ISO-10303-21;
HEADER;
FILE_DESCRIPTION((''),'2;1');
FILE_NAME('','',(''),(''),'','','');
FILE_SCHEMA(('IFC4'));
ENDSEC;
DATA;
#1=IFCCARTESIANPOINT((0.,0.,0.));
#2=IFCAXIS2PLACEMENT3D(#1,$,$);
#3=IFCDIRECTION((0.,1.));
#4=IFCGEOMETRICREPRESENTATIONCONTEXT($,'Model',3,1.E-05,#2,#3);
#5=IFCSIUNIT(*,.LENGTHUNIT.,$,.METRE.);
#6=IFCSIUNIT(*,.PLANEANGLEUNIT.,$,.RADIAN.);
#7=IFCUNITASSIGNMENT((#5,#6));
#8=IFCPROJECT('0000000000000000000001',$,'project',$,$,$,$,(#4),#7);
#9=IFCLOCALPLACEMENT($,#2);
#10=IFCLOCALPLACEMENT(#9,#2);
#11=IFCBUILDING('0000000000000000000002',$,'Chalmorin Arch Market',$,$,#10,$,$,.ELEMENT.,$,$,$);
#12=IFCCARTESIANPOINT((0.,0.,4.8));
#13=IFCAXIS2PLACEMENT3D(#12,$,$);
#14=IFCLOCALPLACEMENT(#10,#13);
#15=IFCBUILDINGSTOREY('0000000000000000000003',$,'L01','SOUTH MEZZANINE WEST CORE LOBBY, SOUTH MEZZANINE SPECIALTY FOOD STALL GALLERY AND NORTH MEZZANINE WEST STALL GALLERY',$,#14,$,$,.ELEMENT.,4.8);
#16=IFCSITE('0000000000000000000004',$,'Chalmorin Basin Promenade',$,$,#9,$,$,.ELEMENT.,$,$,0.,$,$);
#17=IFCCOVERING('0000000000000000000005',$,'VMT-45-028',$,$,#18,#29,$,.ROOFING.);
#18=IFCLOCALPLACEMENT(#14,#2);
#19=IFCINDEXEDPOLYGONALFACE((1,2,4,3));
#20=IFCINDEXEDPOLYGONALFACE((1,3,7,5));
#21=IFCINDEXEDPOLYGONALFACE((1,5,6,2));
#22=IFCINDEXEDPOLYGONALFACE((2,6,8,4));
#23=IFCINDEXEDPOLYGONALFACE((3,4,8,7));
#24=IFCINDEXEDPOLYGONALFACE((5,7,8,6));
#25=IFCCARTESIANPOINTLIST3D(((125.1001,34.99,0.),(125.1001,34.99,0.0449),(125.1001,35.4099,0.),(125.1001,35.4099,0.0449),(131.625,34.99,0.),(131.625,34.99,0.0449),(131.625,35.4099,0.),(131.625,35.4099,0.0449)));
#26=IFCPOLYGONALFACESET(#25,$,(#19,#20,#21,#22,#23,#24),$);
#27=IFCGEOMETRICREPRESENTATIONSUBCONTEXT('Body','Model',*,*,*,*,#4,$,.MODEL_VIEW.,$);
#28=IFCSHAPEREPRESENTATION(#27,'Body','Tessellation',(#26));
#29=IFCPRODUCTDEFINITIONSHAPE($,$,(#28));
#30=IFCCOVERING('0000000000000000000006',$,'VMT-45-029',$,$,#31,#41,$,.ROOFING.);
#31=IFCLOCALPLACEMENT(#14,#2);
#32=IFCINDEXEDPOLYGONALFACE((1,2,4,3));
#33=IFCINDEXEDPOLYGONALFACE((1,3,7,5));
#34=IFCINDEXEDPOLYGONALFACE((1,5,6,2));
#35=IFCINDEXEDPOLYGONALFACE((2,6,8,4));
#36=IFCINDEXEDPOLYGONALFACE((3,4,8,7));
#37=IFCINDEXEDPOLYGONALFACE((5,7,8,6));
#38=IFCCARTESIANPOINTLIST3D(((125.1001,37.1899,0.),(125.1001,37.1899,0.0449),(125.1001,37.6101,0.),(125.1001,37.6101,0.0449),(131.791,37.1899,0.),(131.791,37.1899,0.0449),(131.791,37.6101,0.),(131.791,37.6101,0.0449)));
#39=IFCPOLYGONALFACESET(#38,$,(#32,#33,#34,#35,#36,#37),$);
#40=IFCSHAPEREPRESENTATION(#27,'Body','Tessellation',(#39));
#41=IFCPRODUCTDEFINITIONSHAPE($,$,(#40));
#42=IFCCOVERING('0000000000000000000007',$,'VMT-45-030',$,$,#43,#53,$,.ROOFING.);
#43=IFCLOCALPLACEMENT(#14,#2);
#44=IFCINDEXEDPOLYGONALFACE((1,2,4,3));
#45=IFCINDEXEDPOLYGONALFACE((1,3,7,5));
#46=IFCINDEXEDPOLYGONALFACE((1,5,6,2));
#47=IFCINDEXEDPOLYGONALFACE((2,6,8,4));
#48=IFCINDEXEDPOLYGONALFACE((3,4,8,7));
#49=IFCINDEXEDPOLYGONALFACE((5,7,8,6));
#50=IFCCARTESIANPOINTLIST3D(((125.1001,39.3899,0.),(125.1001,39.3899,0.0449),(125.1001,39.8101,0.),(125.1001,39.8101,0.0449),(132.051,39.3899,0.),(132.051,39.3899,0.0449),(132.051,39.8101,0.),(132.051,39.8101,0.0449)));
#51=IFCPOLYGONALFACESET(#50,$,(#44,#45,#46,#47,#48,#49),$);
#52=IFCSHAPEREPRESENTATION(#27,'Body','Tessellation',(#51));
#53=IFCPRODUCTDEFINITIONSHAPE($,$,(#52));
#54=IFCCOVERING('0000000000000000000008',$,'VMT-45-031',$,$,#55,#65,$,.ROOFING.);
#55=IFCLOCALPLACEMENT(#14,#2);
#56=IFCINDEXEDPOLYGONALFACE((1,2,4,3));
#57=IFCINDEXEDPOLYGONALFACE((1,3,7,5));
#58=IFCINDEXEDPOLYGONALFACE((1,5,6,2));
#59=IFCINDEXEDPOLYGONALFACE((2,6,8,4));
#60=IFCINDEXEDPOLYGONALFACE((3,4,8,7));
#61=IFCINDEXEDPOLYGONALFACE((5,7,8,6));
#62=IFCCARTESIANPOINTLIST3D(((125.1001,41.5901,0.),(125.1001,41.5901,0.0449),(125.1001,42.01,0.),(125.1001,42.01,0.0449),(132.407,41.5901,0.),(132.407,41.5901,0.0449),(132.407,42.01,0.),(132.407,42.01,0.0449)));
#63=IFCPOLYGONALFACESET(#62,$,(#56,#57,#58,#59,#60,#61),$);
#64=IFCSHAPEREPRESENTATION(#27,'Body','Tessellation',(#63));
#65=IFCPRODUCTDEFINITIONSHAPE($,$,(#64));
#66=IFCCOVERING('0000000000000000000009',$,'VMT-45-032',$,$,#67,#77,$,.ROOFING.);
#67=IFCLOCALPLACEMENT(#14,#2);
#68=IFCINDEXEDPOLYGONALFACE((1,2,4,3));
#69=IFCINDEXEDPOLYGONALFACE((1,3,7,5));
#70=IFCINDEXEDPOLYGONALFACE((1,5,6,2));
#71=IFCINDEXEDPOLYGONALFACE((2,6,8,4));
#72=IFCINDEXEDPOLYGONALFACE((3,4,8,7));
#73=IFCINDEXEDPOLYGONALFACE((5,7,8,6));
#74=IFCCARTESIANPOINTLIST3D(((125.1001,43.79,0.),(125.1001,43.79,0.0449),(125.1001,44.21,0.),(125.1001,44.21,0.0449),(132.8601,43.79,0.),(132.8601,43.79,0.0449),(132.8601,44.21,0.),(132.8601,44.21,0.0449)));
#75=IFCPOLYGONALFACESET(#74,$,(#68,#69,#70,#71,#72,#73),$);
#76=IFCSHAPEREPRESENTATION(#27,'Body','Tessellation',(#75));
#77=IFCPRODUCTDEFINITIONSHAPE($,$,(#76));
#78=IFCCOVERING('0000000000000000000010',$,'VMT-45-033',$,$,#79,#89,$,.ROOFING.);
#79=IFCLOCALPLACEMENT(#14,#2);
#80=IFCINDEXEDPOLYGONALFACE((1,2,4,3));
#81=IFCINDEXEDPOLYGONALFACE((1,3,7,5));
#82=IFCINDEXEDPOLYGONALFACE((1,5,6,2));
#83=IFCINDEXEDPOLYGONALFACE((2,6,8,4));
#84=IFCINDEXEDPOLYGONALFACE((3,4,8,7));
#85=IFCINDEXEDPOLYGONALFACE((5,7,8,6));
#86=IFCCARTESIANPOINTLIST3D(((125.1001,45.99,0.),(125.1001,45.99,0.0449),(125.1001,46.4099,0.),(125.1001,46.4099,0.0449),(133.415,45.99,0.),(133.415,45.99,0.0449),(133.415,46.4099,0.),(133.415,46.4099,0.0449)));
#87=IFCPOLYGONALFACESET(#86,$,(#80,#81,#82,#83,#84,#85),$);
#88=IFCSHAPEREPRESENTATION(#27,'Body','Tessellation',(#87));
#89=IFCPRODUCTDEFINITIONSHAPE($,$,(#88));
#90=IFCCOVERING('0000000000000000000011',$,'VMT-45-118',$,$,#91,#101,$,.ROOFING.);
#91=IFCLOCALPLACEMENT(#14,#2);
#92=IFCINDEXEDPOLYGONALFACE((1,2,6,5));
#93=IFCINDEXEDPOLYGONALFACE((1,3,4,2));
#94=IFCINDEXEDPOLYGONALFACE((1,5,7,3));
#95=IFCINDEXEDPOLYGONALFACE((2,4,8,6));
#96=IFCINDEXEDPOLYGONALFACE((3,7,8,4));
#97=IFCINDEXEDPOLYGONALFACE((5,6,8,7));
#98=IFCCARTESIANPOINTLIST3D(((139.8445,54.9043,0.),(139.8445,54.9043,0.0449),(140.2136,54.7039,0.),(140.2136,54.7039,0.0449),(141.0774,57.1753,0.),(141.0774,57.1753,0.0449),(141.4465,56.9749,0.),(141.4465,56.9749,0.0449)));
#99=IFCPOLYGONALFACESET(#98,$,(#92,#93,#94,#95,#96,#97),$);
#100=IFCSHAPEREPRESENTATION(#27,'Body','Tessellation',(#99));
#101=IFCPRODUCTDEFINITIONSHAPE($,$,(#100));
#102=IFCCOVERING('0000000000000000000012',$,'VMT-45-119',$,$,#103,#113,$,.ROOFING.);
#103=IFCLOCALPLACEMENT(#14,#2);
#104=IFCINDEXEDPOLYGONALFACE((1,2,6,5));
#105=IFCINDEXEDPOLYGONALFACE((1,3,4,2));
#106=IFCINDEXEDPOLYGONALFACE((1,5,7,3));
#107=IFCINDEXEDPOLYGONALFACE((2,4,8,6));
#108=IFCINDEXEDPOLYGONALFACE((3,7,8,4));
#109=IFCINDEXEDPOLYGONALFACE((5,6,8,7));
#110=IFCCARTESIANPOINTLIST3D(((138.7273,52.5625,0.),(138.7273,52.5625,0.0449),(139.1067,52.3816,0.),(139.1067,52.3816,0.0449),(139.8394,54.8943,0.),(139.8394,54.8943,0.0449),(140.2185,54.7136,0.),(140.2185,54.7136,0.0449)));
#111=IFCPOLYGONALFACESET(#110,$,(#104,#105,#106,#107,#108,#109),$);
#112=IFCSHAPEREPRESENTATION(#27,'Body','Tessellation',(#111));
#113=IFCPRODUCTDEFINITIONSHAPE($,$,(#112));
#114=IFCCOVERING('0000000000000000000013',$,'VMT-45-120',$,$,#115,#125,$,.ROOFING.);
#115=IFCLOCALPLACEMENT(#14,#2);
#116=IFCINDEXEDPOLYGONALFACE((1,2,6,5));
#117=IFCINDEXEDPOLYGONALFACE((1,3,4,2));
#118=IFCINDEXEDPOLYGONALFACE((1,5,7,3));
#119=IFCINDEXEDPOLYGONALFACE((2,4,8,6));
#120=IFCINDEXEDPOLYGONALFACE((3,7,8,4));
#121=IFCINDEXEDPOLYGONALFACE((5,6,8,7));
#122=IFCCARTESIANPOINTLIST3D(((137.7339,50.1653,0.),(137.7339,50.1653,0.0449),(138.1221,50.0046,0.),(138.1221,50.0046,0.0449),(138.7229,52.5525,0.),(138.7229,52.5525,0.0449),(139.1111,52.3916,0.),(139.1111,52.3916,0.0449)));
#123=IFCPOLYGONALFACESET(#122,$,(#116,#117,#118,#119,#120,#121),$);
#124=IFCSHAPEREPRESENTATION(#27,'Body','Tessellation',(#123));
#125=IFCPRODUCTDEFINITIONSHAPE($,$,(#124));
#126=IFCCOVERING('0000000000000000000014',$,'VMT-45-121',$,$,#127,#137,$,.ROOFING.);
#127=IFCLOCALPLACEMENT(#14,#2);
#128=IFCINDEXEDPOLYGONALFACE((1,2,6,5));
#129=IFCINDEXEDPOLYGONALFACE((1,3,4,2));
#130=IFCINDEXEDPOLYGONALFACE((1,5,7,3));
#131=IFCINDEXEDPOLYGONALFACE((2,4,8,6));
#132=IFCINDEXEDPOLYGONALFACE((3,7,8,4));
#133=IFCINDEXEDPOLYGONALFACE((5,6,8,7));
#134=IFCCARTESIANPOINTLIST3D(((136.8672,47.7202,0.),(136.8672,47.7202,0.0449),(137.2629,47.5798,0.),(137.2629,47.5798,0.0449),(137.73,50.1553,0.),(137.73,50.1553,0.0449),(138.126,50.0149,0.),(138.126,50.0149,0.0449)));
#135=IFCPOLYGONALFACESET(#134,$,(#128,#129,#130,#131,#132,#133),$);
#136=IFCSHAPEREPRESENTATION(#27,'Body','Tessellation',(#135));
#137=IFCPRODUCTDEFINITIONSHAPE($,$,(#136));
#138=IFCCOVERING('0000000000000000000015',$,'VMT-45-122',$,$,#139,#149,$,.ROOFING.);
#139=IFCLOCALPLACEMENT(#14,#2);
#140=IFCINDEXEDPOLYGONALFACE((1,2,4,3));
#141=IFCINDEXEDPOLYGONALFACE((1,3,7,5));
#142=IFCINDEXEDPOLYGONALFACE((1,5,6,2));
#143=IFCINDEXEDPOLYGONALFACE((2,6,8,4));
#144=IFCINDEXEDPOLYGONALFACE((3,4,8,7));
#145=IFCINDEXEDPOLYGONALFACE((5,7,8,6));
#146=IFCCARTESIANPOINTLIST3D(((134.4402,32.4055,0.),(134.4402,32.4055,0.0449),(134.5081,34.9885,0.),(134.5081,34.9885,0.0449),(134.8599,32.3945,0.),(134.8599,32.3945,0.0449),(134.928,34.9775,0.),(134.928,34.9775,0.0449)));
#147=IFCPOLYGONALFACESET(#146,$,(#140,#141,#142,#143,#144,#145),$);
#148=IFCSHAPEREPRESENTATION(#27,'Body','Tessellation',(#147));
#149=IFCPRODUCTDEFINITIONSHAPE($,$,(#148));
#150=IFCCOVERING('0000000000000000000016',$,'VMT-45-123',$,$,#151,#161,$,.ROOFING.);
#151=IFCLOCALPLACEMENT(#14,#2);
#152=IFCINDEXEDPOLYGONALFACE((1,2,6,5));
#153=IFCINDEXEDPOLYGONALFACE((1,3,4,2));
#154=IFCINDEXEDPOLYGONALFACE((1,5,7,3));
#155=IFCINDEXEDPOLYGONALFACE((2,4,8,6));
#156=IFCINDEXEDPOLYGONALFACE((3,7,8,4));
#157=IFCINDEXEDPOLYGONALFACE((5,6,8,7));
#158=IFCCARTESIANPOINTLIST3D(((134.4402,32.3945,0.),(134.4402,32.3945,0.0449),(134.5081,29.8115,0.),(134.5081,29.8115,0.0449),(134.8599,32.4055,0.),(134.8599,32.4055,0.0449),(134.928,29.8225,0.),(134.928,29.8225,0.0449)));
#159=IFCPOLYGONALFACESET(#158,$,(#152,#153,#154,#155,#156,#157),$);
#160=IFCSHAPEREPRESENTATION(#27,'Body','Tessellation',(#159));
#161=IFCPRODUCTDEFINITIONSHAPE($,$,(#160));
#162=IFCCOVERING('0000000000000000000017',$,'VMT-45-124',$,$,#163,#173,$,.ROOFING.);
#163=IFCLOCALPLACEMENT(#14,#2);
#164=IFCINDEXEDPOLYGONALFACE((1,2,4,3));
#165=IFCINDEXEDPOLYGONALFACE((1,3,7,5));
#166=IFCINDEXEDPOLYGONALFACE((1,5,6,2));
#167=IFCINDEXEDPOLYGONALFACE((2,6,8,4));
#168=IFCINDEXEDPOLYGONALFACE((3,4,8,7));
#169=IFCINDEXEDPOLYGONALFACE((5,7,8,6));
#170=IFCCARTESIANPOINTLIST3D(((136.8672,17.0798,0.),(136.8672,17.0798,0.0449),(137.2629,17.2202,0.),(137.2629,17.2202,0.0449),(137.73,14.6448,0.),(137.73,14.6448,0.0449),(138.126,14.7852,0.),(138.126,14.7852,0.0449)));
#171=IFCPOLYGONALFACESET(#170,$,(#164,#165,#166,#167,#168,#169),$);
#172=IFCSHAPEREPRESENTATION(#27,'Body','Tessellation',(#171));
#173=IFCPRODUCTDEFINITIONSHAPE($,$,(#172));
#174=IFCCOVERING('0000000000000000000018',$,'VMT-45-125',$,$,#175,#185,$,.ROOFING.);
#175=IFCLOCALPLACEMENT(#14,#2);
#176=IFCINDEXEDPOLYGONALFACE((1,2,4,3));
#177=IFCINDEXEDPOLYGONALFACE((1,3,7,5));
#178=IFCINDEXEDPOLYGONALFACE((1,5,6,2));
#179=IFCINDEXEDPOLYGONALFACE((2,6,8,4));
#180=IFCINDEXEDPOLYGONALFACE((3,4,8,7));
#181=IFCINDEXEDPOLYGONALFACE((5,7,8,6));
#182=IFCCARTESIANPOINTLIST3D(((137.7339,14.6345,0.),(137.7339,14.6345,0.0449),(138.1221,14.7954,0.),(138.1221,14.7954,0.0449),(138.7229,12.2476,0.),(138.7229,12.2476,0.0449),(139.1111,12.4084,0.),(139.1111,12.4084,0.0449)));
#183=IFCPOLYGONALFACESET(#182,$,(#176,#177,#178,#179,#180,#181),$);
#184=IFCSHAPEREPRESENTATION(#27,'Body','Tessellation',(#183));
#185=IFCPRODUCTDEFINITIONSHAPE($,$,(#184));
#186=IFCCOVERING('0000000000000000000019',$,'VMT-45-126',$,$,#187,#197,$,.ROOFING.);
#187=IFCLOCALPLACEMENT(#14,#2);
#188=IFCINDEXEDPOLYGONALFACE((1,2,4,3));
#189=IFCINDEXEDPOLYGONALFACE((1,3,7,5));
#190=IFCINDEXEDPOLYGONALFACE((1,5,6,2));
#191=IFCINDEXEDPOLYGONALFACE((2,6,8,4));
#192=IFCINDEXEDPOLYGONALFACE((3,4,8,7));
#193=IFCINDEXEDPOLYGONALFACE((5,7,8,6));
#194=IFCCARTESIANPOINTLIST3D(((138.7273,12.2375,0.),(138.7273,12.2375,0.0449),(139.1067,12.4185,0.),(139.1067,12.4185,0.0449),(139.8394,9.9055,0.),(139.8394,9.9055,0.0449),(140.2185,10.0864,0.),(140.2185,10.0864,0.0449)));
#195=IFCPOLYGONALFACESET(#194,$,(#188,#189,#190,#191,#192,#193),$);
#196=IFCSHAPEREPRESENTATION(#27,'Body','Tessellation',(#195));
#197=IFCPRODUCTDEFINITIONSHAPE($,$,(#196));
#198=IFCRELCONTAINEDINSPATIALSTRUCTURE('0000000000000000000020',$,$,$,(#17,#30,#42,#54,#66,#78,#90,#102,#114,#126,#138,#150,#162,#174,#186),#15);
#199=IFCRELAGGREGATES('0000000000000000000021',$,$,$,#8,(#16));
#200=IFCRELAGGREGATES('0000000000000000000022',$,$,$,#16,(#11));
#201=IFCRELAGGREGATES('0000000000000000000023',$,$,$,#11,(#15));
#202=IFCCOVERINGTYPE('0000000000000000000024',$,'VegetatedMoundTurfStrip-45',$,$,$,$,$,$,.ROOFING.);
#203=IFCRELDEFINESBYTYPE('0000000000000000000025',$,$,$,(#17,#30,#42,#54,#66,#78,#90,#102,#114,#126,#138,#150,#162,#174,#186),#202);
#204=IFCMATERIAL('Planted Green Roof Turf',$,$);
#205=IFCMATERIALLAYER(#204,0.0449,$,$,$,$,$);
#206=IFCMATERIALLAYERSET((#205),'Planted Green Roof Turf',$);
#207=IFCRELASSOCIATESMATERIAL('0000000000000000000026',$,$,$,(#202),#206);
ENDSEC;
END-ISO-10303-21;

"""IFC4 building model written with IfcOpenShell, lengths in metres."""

from ifc_helpers import new_model, si_unit, direction, frame, origin, place, context, subcontext, project, spatial, polyline, outline, extrude, material, layer, layer_set, type_object, element, save


model = new_model("IFC4")

# Units and contexts
model_context = context("Model", 3, precision=1e-05, world=origin(), true_north=direction((0.0, 1.0)))
body_context = subcontext(model_context, "Body", "Model", "MODEL_VIEW")
ifc_project = project(units=[si_unit("LENGTHUNIT", "METRE"), si_unit("PLANEANGLEUNIT", "RADIAN")], contexts=[model_context])

# Site, building, storey
site_placement = place(None, origin())
site = spatial("IfcSite", under=ifc_project, at=site_placement, Name="Chalmorin Basin Promenade", CompositionType="ELEMENT", RefElevation=0.0)
building_placement = place(site_placement, origin())
building = spatial("IfcBuilding", under=site, at=building_placement, Name="Chalmorin Arch Market", CompositionType="ELEMENT")
storey_placement = place(building_placement, frame((0.0, 0.0, 4.8)))
storey = spatial("IfcBuildingStorey", under=building, at=storey_placement, Name="L01", Description="SOUTH MEZZANINE WEST CORE LOBBY, SOUTH MEZZANINE SPECIALTY FOOD STALL GALLERY AND NORTH MEZZANINE WEST STALL GALLERY", CompositionType="ELEMENT", Elevation=4.8)

# Coverings
ifc_material = material(Name="Planted Green Roof Turf")
ifc_layer = layer(ifc_material, 0.0449)
ifc_layer_set = layer_set([ifc_layer], Name="Planted Green Roof Turf")
covering_type = type_object("IfcCoveringType", Name="VegetatedMoundTurfStrip-45", PredefinedType="ROOFING", material=ifc_layer_set)
covering_1_placement = place(storey_placement, origin())
element("IfcCovering", 1, at=covering_1_placement, inside=storey, type_object=covering_type, Name="VMT-45-028", PredefinedType="ROOFING", context=body_context, shape_type="SweptSolid", body=[
    extrude(outline(polyline([(125.1001, 34.99), (131.625, 34.99), (131.625, 35.4099), (125.1001, 35.4099), (125.1001, 34.99)])), origin(), (0.0, 0.0, 1.0), 0.0449),
])
covering_2_placement = place(storey_placement, origin())
element("IfcCovering", 2, at=covering_2_placement, inside=storey, type_object=covering_type, Name="VMT-45-029", PredefinedType="ROOFING", context=body_context, shape_type="SweptSolid", body=[
    extrude(outline(polyline([(125.1001, 37.1899), (131.791, 37.1899), (131.791, 37.6101), (125.1001, 37.6101), (125.1001, 37.1899)])), origin(), (0.0, 0.0, 1.0), 0.0449),
])
covering_3_placement = place(storey_placement, origin())
element("IfcCovering", 3, at=covering_3_placement, inside=storey, type_object=covering_type, Name="VMT-45-030", PredefinedType="ROOFING", context=body_context, shape_type="SweptSolid", body=[
    extrude(outline(polyline([(125.1001, 39.3899), (132.051, 39.3899), (132.051, 39.8101), (125.1001, 39.8101), (125.1001, 39.3899)])), origin(), (0.0, 0.0, 1.0), 0.0449),
])
covering_4_placement = place(storey_placement, origin())
element("IfcCovering", 4, at=covering_4_placement, inside=storey, type_object=covering_type, Name="VMT-45-031", PredefinedType="ROOFING", context=body_context, shape_type="SweptSolid", body=[
    extrude(outline(polyline([(125.1001, 41.5901), (132.407, 41.5901), (132.407, 42.01), (125.1001, 42.01), (125.1001, 41.5901)])), origin(), (0.0, 0.0, 1.0), 0.0449),
])
covering_5_placement = place(storey_placement, origin())
element("IfcCovering", 5, at=covering_5_placement, inside=storey, type_object=covering_type, Name="VMT-45-032", PredefinedType="ROOFING", context=body_context, shape_type="SweptSolid", body=[
    extrude(outline(polyline([(125.1001, 43.79), (132.8601, 43.79), (132.8601, 44.21), (125.1001, 44.21), (125.1001, 43.79)])), origin(), (0.0, 0.0, 1.0), 0.0449),
])
covering_6_placement = place(storey_placement, origin())
element("IfcCovering", 6, at=covering_6_placement, inside=storey, type_object=covering_type, Name="VMT-45-033", PredefinedType="ROOFING", context=body_context, shape_type="SweptSolid", body=[
    extrude(outline(polyline([(125.1001, 45.99), (133.415, 45.99), (133.415, 46.4099), (125.1001, 46.4099), (125.1001, 45.99)])), origin(), (0.0, 0.0, 1.0), 0.0449),
])
covering_7_placement = place(storey_placement, origin())
element("IfcCovering", 7, at=covering_7_placement, inside=storey, type_object=covering_type, Name="VMT-45-118", PredefinedType="ROOFING", context=body_context, shape_type="SweptSolid", body=[
    extrude(outline(polyline([(141.0774, 57.1753), (139.8445, 54.9043), (140.2136, 54.7039), (141.4465, 56.9749), (141.0774, 57.1753)])), origin(), (0.0, 0.0, 1.0), 0.0449),
])
covering_8_placement = place(storey_placement, origin())
element("IfcCovering", 8, at=covering_8_placement, inside=storey, type_object=covering_type, Name="VMT-45-119", PredefinedType="ROOFING", context=body_context, shape_type="SweptSolid", body=[
    extrude(outline(polyline([(139.8394, 54.8943), (138.7273, 52.5625), (139.1067, 52.3816), (140.2185, 54.7136), (139.8394, 54.8943)])), origin(), (0.0, 0.0, 1.0), 0.0449),
])
covering_9_placement = place(storey_placement, origin())
element("IfcCovering", 9, at=covering_9_placement, inside=storey, type_object=covering_type, Name="VMT-45-120", PredefinedType="ROOFING", context=body_context, shape_type="SweptSolid", body=[
    extrude(outline(polyline([(138.7229, 52.5525), (137.7339, 50.1653), (138.1221, 50.0046), (139.1111, 52.3916), (138.7229, 52.5525)])), origin(), (0.0, 0.0, 1.0), 0.0449),
])
covering_10_placement = place(storey_placement, origin())
element("IfcCovering", 10, at=covering_10_placement, inside=storey, type_object=covering_type, Name="VMT-45-121", PredefinedType="ROOFING", context=body_context, shape_type="SweptSolid", body=[
    extrude(outline(polyline([(137.73, 50.1553), (136.8672, 47.7202), (137.2629, 47.5798), (138.126, 50.0149), (137.73, 50.1553)])), origin(), (0.0, 0.0, 1.0), 0.0449),
])
covering_11_placement = place(storey_placement, origin())
element("IfcCovering", 11, at=covering_11_placement, inside=storey, type_object=covering_type, Name="VMT-45-122", PredefinedType="ROOFING", context=body_context, shape_type="SweptSolid", body=[
    extrude(outline(polyline([(134.5081, 34.9885), (134.4402, 32.4055), (134.8599, 32.3945), (134.928, 34.9775), (134.5081, 34.9885)])), origin(), (0.0, 0.0, 1.0), 0.0449),
])
covering_12_placement = place(storey_placement, origin())
element("IfcCovering", 12, at=covering_12_placement, inside=storey, type_object=covering_type, Name="VMT-45-123", PredefinedType="ROOFING", context=body_context, shape_type="SweptSolid", body=[
    extrude(outline(polyline([(134.4402, 32.3945), (134.5081, 29.8115), (134.928, 29.8225), (134.8599, 32.4055), (134.4402, 32.3945)])), origin(), (0.0, 0.0, 1.0), 0.0449),
])
covering_13_placement = place(storey_placement, origin())
element("IfcCovering", 13, at=covering_13_placement, inside=storey, type_object=covering_type, Name="VMT-45-124", PredefinedType="ROOFING", context=body_context, shape_type="SweptSolid", body=[
    extrude(outline(polyline([(136.8672, 17.0798), (137.73, 14.6448), (138.126, 14.7852), (137.2629, 17.2202), (136.8672, 17.0798)])), origin(), (0.0, 0.0, 1.0), 0.0449),
])
covering_14_placement = place(storey_placement, origin())
element("IfcCovering", 14, at=covering_14_placement, inside=storey, type_object=covering_type, Name="VMT-45-125", PredefinedType="ROOFING", context=body_context, shape_type="SweptSolid", body=[
    extrude(outline(polyline([(137.7339, 14.6345), (138.7229, 12.2476), (139.1111, 12.4084), (138.1221, 14.7954), (137.7339, 14.6345)])), origin(), (0.0, 0.0, 1.0), 0.0449),
])
covering_15_placement = place(storey_placement, origin())
element("IfcCovering", 15, at=covering_15_placement, inside=storey, type_object=covering_type, Name="VMT-45-126", PredefinedType="ROOFING", context=body_context, shape_type="SweptSolid", body=[
    extrude(outline(polyline([(138.7273, 12.2375), (139.8394, 9.9055), (140.2185, 10.0864), (139.1067, 12.4185), (138.7273, 12.2375)])), origin(), (0.0, 0.0, 1.0), 0.0449),
])

save(model, "model.ifc")
